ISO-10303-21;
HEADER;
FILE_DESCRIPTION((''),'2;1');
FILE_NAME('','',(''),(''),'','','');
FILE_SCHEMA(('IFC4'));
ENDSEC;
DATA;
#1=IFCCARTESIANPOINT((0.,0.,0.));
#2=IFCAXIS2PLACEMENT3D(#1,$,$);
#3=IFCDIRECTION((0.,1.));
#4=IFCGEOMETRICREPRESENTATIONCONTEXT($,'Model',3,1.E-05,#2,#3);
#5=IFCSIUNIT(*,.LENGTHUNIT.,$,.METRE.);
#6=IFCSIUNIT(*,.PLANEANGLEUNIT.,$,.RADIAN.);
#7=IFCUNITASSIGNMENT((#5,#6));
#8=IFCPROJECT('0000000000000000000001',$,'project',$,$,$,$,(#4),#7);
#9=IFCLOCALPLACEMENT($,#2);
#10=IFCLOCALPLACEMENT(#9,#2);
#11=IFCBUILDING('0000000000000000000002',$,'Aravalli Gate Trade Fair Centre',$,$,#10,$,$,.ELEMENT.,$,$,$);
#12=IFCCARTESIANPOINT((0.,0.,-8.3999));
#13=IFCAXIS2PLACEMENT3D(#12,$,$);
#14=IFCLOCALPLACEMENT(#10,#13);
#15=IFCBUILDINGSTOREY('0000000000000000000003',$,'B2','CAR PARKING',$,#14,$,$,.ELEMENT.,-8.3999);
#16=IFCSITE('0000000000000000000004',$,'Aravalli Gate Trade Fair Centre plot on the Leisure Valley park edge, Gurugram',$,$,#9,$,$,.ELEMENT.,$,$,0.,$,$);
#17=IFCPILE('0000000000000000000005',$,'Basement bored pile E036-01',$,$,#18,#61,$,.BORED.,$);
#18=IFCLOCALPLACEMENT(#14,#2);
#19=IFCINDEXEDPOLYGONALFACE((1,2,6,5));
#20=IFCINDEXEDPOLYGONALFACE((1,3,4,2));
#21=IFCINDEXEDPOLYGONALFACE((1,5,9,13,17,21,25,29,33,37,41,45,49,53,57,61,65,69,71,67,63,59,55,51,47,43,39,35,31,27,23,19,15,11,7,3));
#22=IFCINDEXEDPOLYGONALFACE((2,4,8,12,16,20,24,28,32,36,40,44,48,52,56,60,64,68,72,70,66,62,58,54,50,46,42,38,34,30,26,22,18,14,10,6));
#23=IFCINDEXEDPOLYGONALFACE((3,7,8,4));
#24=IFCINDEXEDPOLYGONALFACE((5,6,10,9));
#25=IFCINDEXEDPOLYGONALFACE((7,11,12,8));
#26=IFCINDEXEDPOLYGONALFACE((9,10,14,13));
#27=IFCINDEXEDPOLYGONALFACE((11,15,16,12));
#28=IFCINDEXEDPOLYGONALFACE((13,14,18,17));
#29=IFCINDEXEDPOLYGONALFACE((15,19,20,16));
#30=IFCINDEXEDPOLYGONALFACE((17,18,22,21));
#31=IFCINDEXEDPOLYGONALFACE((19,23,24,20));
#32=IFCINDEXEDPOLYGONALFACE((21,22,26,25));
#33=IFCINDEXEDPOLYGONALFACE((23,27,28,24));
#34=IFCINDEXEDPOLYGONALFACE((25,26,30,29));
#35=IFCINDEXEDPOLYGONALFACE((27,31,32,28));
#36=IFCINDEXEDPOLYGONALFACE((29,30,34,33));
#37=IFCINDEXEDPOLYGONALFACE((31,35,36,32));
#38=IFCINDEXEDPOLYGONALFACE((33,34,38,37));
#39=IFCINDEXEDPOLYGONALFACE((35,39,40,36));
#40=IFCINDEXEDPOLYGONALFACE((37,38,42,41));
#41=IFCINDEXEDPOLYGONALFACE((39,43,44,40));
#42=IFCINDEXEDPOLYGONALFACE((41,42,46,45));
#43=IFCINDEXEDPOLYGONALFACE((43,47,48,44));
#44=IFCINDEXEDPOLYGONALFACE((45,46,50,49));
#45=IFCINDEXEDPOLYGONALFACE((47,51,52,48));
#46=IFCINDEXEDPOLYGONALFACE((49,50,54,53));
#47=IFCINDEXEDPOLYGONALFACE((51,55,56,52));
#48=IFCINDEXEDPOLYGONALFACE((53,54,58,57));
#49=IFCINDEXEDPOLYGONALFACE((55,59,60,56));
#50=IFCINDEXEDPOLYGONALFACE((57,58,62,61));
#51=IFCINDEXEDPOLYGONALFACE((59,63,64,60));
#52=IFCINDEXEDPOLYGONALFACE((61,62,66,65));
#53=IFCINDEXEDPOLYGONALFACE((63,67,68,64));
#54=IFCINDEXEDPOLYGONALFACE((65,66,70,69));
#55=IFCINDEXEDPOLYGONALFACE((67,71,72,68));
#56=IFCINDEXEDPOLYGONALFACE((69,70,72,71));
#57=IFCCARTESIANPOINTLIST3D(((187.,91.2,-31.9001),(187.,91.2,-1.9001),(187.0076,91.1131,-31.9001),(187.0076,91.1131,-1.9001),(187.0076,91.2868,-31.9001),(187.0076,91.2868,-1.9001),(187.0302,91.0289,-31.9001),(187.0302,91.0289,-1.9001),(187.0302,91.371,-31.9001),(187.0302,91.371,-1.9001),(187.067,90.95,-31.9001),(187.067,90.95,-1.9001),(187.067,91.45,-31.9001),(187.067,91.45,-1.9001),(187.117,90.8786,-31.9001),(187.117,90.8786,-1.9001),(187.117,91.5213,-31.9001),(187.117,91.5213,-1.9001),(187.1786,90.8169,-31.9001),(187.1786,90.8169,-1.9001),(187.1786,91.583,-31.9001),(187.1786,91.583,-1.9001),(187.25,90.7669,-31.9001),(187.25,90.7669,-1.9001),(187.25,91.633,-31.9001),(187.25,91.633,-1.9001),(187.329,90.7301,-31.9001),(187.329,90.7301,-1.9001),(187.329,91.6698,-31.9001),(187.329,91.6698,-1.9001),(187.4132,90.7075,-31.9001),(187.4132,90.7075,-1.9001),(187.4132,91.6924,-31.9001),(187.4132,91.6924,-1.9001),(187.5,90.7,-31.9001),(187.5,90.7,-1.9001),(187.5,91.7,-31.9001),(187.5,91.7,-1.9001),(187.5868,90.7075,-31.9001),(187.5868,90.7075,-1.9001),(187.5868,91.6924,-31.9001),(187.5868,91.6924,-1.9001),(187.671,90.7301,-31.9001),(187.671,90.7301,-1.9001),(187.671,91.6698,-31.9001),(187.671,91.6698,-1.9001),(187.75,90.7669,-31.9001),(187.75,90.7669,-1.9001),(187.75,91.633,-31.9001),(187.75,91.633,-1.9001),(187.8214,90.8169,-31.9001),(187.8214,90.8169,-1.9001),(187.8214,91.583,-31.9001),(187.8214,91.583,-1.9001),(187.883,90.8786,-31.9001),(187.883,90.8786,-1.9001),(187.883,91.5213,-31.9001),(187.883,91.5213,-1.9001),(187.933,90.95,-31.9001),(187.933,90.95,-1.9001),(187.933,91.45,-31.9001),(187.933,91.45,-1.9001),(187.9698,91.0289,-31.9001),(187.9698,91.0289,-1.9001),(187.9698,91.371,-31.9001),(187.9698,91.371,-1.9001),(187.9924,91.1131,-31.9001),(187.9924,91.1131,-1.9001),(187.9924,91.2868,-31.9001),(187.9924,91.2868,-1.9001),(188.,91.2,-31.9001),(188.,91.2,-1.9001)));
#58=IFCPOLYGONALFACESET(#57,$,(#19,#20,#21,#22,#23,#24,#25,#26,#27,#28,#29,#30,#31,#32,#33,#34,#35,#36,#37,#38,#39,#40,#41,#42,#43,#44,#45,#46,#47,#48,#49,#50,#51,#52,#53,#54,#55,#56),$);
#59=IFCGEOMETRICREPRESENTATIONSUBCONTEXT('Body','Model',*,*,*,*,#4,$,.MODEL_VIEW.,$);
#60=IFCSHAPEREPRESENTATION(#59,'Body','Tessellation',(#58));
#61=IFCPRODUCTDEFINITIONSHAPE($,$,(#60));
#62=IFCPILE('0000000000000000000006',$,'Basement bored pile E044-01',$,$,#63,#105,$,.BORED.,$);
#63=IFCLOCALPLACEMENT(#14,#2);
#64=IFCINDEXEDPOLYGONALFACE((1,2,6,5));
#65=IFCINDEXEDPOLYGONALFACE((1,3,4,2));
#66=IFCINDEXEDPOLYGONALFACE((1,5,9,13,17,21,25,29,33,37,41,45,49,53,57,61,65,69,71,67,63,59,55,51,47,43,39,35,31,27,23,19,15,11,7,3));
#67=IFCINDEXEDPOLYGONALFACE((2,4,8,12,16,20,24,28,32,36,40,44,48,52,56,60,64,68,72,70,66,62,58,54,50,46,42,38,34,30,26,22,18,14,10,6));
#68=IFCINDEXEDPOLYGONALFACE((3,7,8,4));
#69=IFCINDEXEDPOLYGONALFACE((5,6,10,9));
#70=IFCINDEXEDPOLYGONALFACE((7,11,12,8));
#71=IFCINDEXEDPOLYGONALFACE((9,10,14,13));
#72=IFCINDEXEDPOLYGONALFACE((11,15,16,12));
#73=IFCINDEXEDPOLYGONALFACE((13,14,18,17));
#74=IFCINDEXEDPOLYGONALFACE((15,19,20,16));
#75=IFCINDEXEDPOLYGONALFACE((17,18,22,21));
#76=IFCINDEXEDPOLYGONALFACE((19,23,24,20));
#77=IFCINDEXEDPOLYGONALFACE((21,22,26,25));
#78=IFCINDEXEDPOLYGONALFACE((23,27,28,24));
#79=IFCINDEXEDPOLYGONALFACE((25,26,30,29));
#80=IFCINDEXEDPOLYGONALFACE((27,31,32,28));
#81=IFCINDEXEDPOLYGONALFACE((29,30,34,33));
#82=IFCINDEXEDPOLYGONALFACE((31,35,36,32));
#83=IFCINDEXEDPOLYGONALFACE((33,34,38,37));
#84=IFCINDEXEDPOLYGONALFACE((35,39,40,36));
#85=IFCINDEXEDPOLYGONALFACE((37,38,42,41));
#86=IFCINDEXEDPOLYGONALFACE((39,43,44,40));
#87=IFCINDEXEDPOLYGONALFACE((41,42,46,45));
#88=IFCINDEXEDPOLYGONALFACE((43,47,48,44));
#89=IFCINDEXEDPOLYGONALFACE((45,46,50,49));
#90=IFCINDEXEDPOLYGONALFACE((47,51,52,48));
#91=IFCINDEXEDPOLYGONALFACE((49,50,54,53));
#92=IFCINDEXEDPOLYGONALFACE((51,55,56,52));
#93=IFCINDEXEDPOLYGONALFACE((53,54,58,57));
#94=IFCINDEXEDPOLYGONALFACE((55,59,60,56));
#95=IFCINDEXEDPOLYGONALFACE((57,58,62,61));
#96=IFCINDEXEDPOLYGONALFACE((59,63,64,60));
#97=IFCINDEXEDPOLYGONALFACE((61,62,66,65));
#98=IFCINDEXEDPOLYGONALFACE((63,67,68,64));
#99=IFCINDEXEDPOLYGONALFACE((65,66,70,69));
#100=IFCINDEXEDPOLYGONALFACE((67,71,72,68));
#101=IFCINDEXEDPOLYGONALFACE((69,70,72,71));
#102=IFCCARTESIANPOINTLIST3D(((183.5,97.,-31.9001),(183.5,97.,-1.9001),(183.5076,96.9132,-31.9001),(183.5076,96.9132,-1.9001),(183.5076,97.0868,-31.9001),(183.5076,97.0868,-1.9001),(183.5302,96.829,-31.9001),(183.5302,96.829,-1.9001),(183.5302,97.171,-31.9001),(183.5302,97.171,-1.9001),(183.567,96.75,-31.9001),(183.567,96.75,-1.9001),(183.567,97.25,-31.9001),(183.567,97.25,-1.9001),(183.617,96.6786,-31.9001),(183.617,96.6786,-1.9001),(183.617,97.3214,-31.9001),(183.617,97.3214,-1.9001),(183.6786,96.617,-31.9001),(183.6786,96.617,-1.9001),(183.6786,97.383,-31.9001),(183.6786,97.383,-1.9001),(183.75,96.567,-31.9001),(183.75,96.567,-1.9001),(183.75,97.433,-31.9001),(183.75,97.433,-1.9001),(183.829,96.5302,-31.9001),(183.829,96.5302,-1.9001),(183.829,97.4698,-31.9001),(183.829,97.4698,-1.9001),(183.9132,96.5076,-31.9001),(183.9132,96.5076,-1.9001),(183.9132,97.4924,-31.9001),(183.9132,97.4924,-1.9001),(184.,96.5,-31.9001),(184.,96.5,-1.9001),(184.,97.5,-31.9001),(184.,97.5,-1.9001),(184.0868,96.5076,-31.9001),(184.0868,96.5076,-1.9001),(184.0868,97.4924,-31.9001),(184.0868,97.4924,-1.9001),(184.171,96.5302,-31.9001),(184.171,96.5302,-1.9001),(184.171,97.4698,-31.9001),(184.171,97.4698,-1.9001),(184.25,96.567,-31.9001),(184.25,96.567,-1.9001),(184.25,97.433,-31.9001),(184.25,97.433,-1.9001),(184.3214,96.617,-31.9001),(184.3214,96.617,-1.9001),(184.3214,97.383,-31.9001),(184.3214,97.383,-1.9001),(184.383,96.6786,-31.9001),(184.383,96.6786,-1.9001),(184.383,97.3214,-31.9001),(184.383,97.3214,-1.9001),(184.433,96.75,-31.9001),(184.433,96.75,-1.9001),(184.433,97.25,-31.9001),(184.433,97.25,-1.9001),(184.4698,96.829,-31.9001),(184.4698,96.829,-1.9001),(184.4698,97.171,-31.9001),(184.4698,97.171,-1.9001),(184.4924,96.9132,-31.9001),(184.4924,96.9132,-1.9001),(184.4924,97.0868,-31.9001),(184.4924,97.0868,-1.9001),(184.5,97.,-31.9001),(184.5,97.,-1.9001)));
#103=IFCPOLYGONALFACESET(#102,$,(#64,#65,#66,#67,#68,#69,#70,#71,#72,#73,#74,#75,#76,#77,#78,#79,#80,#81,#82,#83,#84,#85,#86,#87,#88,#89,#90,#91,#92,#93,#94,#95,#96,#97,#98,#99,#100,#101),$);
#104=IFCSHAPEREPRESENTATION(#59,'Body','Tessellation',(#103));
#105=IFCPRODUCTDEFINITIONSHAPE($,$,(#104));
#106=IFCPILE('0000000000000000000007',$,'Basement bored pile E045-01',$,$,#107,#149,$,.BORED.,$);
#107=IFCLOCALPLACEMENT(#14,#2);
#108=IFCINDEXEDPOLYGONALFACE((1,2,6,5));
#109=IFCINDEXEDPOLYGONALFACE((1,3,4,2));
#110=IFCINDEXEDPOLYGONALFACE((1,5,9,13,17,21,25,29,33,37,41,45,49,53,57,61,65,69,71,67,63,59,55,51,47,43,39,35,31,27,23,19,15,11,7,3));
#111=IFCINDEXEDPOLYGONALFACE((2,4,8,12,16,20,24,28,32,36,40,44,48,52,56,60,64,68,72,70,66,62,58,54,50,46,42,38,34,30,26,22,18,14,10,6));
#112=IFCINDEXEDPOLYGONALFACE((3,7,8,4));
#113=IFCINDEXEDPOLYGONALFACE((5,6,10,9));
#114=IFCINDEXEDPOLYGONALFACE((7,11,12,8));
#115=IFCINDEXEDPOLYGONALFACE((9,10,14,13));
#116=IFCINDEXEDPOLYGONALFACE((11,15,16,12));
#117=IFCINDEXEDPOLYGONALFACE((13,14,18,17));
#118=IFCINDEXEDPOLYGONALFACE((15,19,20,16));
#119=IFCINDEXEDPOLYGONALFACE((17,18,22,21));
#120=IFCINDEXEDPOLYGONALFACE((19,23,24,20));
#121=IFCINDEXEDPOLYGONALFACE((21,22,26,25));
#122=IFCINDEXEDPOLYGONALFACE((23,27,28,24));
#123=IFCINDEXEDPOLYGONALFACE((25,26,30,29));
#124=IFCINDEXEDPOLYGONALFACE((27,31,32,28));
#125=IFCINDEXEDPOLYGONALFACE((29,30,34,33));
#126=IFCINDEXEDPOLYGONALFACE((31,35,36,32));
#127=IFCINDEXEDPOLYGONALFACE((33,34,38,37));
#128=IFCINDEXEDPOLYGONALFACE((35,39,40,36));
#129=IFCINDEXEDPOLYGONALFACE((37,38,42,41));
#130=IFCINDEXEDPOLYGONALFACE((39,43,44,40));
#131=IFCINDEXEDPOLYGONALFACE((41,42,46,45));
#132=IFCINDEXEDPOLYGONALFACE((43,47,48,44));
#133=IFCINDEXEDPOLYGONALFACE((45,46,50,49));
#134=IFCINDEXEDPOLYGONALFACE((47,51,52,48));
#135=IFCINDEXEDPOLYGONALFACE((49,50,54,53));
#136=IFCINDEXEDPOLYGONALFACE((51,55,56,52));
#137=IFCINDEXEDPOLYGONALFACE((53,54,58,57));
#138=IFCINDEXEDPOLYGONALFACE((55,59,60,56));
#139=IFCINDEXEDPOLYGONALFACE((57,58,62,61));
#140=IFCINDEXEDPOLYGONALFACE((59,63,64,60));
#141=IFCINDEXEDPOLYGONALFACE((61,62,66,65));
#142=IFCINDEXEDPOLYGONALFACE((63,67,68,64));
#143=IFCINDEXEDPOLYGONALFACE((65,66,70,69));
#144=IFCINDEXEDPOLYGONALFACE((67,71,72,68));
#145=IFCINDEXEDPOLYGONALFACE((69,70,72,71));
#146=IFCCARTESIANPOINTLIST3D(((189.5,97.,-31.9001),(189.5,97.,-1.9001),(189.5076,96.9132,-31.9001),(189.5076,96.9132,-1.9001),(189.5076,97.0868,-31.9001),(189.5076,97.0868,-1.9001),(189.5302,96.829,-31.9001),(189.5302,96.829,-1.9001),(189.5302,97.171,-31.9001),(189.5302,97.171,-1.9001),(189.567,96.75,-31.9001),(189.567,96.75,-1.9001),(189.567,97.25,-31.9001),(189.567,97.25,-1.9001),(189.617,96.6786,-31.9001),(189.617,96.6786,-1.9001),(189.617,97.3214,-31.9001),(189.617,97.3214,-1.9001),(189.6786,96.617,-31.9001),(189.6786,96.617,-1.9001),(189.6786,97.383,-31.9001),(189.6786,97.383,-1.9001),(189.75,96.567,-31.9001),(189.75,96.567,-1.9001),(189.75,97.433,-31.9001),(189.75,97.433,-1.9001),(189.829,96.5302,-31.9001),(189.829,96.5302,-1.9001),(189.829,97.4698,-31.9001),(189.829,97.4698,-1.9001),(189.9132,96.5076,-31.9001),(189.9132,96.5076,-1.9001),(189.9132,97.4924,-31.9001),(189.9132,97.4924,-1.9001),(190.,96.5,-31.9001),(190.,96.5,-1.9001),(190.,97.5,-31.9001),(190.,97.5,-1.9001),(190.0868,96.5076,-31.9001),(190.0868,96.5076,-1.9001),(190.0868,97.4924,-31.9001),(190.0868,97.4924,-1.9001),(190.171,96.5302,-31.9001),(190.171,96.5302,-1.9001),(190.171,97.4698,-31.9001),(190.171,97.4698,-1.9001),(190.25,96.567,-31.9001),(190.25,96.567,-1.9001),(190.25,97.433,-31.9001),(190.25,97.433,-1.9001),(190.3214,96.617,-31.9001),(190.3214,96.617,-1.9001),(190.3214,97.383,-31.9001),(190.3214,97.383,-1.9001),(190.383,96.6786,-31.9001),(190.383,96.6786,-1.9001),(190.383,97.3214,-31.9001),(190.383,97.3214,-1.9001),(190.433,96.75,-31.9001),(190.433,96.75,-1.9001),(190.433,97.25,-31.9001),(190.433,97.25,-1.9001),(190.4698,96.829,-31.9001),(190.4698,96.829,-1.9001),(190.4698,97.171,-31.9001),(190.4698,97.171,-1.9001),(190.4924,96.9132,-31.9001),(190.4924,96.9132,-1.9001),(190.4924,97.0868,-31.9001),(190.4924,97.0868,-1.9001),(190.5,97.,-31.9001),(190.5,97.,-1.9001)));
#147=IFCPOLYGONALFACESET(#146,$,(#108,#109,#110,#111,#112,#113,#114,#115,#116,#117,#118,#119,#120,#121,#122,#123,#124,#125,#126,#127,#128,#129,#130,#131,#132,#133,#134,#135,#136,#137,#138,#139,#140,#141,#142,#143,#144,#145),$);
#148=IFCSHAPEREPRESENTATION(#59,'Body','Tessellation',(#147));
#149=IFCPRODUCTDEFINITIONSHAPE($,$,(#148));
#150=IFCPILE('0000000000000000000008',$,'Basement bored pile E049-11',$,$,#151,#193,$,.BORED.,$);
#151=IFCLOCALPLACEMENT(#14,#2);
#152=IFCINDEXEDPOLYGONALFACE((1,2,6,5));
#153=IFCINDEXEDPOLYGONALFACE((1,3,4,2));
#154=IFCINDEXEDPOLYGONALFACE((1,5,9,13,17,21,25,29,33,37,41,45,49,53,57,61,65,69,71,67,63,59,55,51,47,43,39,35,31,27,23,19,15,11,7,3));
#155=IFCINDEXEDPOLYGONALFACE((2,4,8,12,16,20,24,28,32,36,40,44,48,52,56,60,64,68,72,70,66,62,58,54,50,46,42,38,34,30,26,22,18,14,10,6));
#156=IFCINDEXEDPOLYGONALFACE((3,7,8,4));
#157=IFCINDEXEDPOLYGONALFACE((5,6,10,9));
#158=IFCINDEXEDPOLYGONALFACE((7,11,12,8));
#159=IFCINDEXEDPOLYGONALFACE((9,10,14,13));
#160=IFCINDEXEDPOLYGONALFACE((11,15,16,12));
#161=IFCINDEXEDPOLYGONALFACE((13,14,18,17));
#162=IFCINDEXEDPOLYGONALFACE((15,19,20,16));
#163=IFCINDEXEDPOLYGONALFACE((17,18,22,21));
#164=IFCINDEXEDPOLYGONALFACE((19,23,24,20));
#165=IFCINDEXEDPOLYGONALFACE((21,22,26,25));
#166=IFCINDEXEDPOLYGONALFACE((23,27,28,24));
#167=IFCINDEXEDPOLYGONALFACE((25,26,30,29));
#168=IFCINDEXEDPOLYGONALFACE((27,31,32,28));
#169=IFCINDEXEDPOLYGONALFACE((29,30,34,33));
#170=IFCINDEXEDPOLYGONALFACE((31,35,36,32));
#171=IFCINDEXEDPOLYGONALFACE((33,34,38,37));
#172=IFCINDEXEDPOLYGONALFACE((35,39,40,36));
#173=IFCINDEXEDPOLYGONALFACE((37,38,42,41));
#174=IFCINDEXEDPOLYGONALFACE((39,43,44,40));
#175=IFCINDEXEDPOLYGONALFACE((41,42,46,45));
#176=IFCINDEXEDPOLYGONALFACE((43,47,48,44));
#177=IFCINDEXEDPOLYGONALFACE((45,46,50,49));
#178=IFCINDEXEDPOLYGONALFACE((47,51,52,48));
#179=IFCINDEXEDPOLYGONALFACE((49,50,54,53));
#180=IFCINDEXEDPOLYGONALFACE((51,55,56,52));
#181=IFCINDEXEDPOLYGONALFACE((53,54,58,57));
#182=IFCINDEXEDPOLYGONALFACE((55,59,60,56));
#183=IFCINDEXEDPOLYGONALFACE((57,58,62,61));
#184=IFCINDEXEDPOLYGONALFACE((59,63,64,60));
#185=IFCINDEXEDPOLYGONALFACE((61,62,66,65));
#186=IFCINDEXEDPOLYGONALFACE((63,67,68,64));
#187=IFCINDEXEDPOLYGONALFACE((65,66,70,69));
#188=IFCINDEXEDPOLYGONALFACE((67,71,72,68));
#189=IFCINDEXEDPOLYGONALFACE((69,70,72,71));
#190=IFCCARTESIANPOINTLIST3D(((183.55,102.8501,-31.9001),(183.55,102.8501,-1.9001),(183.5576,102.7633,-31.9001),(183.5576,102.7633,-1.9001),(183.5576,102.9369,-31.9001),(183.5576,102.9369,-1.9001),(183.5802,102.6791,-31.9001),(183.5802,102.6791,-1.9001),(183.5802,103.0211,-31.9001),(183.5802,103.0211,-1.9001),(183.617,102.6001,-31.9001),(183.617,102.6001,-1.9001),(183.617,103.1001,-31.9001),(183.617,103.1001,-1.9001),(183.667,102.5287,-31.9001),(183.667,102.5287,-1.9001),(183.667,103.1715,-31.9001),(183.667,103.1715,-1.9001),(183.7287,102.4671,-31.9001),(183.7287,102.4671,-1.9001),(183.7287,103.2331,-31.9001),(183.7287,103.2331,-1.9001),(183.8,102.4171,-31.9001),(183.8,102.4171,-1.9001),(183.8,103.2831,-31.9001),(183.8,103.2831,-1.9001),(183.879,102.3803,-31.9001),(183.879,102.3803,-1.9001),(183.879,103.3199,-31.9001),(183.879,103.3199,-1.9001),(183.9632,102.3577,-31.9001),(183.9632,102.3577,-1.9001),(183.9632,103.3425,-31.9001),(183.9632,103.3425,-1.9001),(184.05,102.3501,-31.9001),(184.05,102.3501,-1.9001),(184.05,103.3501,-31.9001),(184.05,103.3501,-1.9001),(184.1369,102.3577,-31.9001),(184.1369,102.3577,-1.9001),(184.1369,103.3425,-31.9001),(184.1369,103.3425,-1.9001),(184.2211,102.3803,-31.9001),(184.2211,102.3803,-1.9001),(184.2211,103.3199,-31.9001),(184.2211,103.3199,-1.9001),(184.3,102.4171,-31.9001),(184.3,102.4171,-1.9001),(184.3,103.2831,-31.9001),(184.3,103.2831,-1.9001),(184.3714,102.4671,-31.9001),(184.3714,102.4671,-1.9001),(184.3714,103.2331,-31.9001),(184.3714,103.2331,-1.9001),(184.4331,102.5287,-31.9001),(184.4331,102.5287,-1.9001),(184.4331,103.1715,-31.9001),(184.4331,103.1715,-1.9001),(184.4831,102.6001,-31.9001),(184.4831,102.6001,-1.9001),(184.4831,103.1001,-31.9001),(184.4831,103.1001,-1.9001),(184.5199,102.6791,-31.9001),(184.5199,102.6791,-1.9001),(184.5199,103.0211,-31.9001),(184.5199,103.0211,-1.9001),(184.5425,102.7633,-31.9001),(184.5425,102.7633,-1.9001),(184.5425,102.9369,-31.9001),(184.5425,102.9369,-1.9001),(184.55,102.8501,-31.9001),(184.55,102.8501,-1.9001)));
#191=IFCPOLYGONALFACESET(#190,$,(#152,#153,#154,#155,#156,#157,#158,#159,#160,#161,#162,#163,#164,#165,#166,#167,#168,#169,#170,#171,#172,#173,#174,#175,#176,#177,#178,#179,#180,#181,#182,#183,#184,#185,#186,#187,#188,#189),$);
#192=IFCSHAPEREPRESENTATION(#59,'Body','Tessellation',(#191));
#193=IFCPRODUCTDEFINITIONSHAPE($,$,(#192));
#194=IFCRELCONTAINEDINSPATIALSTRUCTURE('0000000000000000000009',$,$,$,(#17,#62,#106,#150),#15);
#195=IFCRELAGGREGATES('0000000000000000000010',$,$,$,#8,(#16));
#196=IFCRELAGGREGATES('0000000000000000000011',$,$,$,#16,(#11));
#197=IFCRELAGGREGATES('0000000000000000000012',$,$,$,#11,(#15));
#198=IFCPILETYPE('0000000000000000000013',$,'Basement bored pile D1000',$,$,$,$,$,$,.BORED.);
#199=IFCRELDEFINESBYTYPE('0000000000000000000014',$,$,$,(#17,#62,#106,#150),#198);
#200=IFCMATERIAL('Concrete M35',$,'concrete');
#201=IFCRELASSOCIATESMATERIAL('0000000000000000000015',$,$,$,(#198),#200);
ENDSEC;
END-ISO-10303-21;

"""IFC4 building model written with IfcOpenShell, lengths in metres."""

from ifc_helpers import new_model, si_unit, direction, frame, origin, origin_2d, place, context, subcontext, project, spatial, circle, extrude, material, material_profile, profile_set, type_object, element, save


model = new_model("IFC4")

# Units and contexts
model_context = context("Model", 3, precision=1e-05, world=origin(), true_north=direction((0.0, 1.0)))
body_context = subcontext(model_context, "Body", "Model", "MODEL_VIEW")
ifc_project = project(units=[si_unit("LENGTHUNIT", "METRE"), si_unit("PLANEANGLEUNIT", "RADIAN")], contexts=[model_context])

# Site, building, storey
site_placement = place(None, origin())
site = spatial("IfcSite", under=ifc_project, at=site_placement, Name="Aravalli Gate Trade Fair Centre plot on the Leisure Valley park edge, Gurugram", CompositionType="ELEMENT", RefElevation=0.0)
building_placement = place(site_placement, origin())
building = spatial("IfcBuilding", under=site, at=building_placement, Name="Aravalli Gate Trade Fair Centre", CompositionType="ELEMENT")
storey_placement = place(building_placement, frame((0.0, 0.0, -8.3999)))
storey = spatial("IfcBuildingStorey", under=building, at=storey_placement, Name="B2", Description="CAR PARKING", CompositionType="ELEMENT", Elevation=-8.3999)

# Piles
ifc_material_1 = material(Name="Concrete M35", Category="concrete")
ifc_material_profile_1 = material_profile(ifc_material_1, circle(Radius=0.5, at=origin_2d()), Name="D1000")
ifc_profile_set_1 = profile_set([ifc_material_profile_1], Name="Concrete M35")
pile_type = type_object("IfcPileType", Name="Basement bored pile D1000", PredefinedType="BORED", material=ifc_profile_set_1)
for number, where, z_axis, x_axis, name in (
    (1, (187.5, 91.2, -1.9001), (0.0, 0.0, -1.0), (1.0, 0.0, 0.0), "Basement bored pile E036-01"),
    (2, (184.0, 97.0, -1.9001), (0.0, 0.0, -1.0), (1.0, 0.0, 0.0), "Basement bored pile E044-01"),
    (3, (190.0, 97.0, -1.9001), (0.0, 0.0, -1.0), (1.0, 0.0, 0.0), "Basement bored pile E045-01"),
    (4, (184.05, 102.8501, -1.9001), (0.0, 0.0, -1.0), (1.0, 0.0, 0.0), "Basement bored pile E049-11"),
):
    element("IfcPile", number, at=place(storey_placement, frame(where, z_axis=z_axis, x_axis=x_axis)), inside=storey, type_object=pile_type, Name=name, PredefinedType="BORED", context=body_context, shape_type="SweptSolid", body=[
        extrude(circle(Radius=0.5, at=origin_2d()), origin(), (0.0, 0.0, 1.0), 30.0),
    ])

save(model, "model.ifc")
